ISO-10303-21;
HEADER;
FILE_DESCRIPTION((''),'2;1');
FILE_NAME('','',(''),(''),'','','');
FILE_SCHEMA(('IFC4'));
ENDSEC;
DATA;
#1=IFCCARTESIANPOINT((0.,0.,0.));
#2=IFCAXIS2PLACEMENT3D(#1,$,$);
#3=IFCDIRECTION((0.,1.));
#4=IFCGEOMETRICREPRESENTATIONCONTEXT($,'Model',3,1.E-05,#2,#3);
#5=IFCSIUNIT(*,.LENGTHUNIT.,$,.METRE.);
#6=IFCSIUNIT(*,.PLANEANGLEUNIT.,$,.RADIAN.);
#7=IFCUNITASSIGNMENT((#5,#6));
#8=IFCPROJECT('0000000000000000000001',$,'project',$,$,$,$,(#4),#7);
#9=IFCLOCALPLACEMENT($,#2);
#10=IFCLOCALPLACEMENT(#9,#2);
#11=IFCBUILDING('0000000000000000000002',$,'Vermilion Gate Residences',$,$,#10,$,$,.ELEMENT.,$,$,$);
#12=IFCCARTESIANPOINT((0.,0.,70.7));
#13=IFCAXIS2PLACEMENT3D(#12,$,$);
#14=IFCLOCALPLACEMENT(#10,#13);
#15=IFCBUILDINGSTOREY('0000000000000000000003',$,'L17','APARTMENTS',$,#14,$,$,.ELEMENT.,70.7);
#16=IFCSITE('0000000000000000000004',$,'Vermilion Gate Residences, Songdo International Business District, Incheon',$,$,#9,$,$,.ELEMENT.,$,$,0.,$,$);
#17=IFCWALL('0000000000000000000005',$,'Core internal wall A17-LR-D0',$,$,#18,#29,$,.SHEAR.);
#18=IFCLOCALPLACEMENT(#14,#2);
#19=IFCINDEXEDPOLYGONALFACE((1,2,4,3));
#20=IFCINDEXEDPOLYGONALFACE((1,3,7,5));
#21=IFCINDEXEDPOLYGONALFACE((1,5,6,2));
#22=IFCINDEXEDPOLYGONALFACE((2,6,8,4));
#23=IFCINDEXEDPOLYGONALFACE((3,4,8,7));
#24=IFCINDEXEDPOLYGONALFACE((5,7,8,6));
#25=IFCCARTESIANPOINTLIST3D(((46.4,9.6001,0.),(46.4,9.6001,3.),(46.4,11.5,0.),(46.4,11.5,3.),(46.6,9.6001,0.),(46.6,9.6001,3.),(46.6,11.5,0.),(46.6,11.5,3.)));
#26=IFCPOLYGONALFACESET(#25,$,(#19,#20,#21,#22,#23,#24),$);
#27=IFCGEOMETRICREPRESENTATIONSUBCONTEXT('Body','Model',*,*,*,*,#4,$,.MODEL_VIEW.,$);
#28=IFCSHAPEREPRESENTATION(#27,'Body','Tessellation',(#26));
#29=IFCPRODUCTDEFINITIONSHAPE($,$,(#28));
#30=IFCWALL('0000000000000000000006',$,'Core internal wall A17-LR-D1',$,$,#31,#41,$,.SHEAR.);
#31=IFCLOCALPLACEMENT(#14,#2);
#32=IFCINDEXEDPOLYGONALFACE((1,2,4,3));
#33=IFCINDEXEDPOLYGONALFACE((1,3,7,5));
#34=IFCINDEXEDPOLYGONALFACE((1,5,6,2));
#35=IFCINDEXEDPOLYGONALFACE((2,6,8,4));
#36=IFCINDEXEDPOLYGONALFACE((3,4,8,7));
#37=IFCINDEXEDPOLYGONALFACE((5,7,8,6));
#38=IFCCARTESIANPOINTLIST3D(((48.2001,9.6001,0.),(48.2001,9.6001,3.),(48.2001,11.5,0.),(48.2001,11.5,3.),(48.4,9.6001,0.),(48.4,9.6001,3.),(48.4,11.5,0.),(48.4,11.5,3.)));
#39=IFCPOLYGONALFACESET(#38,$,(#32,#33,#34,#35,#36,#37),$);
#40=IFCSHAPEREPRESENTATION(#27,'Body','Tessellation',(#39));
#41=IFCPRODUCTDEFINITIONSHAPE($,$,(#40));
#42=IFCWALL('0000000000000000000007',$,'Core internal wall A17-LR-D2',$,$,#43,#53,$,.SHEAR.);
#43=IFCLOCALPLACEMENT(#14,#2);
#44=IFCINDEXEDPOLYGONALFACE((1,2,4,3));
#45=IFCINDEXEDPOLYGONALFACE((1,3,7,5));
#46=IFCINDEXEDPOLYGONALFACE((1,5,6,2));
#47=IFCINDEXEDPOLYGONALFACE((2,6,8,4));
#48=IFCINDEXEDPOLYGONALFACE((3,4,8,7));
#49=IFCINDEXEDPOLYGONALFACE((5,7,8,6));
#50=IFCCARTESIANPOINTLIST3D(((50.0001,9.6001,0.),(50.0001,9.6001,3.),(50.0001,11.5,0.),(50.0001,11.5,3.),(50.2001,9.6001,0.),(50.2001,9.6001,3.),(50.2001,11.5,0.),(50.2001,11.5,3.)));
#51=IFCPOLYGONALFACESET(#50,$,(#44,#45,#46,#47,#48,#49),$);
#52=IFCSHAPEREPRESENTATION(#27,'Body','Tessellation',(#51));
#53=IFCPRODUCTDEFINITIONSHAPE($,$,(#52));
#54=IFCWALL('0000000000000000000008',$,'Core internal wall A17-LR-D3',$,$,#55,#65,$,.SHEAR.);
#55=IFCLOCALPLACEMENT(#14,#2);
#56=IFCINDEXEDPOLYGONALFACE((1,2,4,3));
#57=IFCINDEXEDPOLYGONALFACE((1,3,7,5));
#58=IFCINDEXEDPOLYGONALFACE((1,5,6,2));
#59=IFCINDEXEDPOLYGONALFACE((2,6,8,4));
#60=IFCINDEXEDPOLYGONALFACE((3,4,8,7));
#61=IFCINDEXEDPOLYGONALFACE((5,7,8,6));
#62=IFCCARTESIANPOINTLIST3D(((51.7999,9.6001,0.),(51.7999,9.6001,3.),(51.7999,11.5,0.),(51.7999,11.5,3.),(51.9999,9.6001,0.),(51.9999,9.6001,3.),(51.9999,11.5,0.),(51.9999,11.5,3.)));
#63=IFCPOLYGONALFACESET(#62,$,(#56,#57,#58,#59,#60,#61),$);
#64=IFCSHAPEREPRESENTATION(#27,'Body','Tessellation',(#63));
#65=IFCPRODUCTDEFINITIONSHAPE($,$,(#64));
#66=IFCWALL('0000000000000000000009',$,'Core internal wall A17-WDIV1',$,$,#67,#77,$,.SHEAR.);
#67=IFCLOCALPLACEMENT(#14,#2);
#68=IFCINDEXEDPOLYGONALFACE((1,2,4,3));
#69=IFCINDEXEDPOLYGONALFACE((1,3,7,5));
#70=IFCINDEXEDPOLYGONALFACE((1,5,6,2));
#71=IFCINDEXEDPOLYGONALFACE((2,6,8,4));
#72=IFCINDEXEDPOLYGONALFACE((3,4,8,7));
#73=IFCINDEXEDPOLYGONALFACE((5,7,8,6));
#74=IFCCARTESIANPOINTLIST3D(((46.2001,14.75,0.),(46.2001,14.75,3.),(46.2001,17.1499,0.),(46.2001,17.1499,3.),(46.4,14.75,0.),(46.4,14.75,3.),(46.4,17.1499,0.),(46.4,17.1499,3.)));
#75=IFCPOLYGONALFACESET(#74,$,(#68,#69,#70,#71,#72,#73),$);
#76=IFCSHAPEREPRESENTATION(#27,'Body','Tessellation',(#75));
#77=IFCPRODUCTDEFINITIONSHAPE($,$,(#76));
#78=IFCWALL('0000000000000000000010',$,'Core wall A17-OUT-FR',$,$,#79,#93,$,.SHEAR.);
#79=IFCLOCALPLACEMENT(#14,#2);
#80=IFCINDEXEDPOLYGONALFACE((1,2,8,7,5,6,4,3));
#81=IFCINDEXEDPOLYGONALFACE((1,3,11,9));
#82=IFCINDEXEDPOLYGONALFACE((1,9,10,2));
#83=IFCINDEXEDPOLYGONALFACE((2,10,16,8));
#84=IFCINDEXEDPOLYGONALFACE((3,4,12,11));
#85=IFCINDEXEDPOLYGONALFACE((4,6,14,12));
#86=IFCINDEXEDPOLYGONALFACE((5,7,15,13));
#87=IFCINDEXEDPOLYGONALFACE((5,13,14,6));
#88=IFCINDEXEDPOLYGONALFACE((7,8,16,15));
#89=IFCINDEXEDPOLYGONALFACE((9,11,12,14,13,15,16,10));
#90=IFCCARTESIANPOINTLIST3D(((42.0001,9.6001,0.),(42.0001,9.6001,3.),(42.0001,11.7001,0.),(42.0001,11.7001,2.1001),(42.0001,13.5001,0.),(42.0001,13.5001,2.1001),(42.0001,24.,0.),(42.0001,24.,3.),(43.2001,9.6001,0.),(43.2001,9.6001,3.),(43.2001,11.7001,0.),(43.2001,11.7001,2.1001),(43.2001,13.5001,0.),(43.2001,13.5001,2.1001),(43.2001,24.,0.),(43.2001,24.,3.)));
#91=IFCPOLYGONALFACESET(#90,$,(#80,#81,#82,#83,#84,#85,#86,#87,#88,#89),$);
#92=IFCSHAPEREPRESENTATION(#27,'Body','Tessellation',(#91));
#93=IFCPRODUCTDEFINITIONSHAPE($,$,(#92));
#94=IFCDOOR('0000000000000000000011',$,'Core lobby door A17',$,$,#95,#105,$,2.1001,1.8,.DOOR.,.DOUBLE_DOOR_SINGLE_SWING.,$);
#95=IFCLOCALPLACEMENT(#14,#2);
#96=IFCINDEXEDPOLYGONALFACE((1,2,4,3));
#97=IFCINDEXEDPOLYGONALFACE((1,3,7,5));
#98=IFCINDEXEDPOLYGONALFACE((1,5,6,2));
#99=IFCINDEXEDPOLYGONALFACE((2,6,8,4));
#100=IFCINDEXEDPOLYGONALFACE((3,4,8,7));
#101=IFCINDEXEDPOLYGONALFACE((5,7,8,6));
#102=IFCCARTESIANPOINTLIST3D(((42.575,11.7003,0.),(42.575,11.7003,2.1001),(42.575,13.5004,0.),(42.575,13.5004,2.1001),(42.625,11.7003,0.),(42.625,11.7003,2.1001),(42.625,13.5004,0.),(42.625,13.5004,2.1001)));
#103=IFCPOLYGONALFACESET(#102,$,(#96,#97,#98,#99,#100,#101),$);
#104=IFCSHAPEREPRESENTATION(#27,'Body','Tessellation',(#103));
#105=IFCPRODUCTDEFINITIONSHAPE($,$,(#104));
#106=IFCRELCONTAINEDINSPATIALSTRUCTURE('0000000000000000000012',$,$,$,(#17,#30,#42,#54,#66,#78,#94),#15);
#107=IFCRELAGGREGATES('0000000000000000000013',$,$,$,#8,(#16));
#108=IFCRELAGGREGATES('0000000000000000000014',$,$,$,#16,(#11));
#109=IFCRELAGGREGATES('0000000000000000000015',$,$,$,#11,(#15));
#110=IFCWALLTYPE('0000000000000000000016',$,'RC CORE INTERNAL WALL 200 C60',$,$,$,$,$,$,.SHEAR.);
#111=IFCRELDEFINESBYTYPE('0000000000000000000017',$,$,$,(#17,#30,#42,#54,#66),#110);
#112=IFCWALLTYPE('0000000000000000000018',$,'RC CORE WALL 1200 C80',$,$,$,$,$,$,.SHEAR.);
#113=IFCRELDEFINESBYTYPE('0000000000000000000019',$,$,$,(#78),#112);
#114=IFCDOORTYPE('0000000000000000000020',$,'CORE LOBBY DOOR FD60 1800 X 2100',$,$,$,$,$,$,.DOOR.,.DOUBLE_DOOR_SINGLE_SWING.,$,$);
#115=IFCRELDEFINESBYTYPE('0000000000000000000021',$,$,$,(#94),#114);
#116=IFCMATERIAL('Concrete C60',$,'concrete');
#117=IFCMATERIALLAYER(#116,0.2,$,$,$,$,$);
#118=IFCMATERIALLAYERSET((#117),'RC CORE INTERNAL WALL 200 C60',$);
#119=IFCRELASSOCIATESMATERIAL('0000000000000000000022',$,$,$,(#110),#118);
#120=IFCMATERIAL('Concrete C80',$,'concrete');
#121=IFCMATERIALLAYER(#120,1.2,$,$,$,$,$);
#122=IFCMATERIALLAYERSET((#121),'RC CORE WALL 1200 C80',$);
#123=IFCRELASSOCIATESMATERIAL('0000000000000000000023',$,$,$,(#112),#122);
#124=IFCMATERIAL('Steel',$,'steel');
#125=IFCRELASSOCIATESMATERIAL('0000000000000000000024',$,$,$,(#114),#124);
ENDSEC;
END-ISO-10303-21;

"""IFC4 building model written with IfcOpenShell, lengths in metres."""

from ifc_helpers import new_model, si_unit, direction, frame, frame_2d, origin, place, context, subcontext, project, spatial, rectangle, extrude, material, layer, layer_set, type_object, element, fill, save


model = new_model("IFC4")

# Units and contexts
model_context = context("Model", 3, precision=1e-05, world=origin(), true_north=direction((0.0, 1.0)))
body_context = subcontext(model_context, "Body", "Model", "MODEL_VIEW")
ifc_project = project(units=[si_unit("LENGTHUNIT", "METRE"), si_unit("PLANEANGLEUNIT", "RADIAN")], contexts=[model_context])

# Site, building, storey
site_placement = place(None, origin())
site = spatial("IfcSite", under=ifc_project, at=site_placement, Name="Vermilion Gate Residences, Songdo International Business District, Incheon", CompositionType="ELEMENT", RefElevation=0.0)
building_placement = place(site_placement, origin())
building = spatial("IfcBuilding", under=site, at=building_placement, Name="Vermilion Gate Residences", CompositionType="ELEMENT")
storey_placement = place(building_placement, frame((0.0, 0.0, 70.7)))
storey = spatial("IfcBuildingStorey", under=building, at=storey_placement, Name="L17", Description="APARTMENTS", CompositionType="ELEMENT", Elevation=70.7)

# Walls
ifc_material_1 = material(Name="Concrete C60", Category="concrete")
ifc_layer_1 = layer(ifc_material_1, 0.2)
ifc_layer_set_1 = layer_set([ifc_layer_1], Name="RC CORE INTERNAL WALL 200 C60")
wall_type_1 = type_object("IfcWallType", Name="RC CORE INTERNAL WALL 200 C60", PredefinedType="SHEAR", material=ifc_layer_set_1)
for number, where, z_axis, x_axis, name in (
    (1, (46.5, 9.6001, 0.0), (0.0, 0.0, 1.0), (0.0, 1.0, 0.0), "Core internal wall A17-LR-D0"),
    (2, (48.3, 9.6001, 0.0), (0.0, 0.0, 1.0), (0.0, 1.0, 0.0), "Core internal wall A17-LR-D1"),
    (3, (50.1001, 9.6001, 0.0), (0.0, 0.0, 1.0), (0.0, 1.0, 0.0), "Core internal wall A17-LR-D2"),
    (4, (51.8999, 9.6001, 0.0), (0.0, 0.0, 1.0), (0.0, 1.0, 0.0), "Core internal wall A17-LR-D3"),
):
    element("IfcWall", number, at=place(storey_placement, frame(where, z_axis=z_axis, x_axis=x_axis)), inside=storey, type_object=wall_type_1, Name=name, PredefinedType="SHEAR", context=body_context, shape_type="SweptSolid", body=[
        extrude(rectangle(XDim=1.8999, YDim=0.2, at=frame_2d((0.95, 0.0))), origin(), (0.0, 0.0, 1.0), 3.0),
    ])
wall_1_placement = place(storey_placement, frame((46.3, 14.75, 0.0), z_axis=(0.0, 0.0, 1.0), x_axis=(0.0, 1.0, 0.0)))
element("IfcWall", 5, at=wall_1_placement, inside=storey, type_object=wall_type_1, Name="Core internal wall A17-WDIV1", PredefinedType="SHEAR", context=body_context, shape_type="SweptSolid", body=[
    extrude(rectangle(XDim=2.3999, YDim=0.2, at=frame_2d((1.2, 0.0))), origin(), (0.0, 0.0, 1.0), 3.0),
])

# Wall, opening, door
ifc_material_2 = material(Name="Concrete C80", Category="concrete")
ifc_layer_2 = layer(ifc_material_2, 1.2)
ifc_layer_set_2 = layer_set([ifc_layer_2], Name="RC CORE WALL 1200 C80")
wall_type_2 = type_object("IfcWallType", Name="RC CORE WALL 1200 C80", PredefinedType="SHEAR", material=ifc_layer_set_2)
wall_2_placement = place(storey_placement, frame((42.6001, 9.6001, 0.0), z_axis=(0.0, 0.0, 1.0), x_axis=(0.0, 1.0, 0.0)))
wall_2 = element("IfcWall", 6, at=wall_2_placement, inside=storey, type_object=wall_type_2, Name="Core wall A17-OUT-FR", PredefinedType="SHEAR", context=body_context, shape_type="SweptSolid", body=[
    extrude(rectangle(XDim=14.3999, YDim=1.2, at=frame_2d((7.2, 0.0))), origin(), (0.0, 0.0, 1.0), 3.0),
])
opening_1_placement = place(wall_2_placement, frame((2.1001, 0.0, 0.0)))
opening_1 = element("IfcOpeningElement", 7, at=opening_1_placement, cuts=wall_2, PredefinedType="OPENING", context=body_context, shape_type="SweptSolid", body=[
    extrude(rectangle(XDim=1.8, YDim=2.1001, at=frame_2d((0.8999, 1.05))), frame((0.0, 0.6099, 0.0), z_axis=(0.0, -1.0, 0.0), x_axis=(1.0, 0.0, 0.0)), (0.0, 0.0, 1.0), 1.22),
])
ifc_material_3 = material(Name="Steel", Category="steel")
door_type_1 = type_object("IfcDoorType", Name="CORE LOBBY DOOR FD60 1800 X 2100", OperationType="DOUBLE_DOOR_SINGLE_SWING", PredefinedType="DOOR", material=ifc_material_3)
door_1_placement = place(opening_1_placement, frame((1.8, 0.0, 0.0), z_axis=(0.0, 0.0, 1.0), x_axis=(-1.0, 0.0, 0.0)))
door_1 = element("IfcDoor", 8, at=door_1_placement, inside=storey, type_object=door_type_1, Name="Core lobby door A17", OperationType="DOUBLE_DOOR_SINGLE_SWING", OverallHeight=2.1001, OverallWidth=1.8, PredefinedType="DOOR", context=body_context, shape_type="SweptSolid", body=[
    extrude(rectangle(XDim=1.8, YDim=2.1001, at=frame_2d((0.8999, 1.05))), frame((0.0, 0.0249, 0.0), z_axis=(0.0, -1.0, 0.0), x_axis=(1.0, 0.0, 0.0)), (0.0, 0.0, 1.0), 0.05),
])
fill(opening_1, door_1)

save(model, "model.ifc")
